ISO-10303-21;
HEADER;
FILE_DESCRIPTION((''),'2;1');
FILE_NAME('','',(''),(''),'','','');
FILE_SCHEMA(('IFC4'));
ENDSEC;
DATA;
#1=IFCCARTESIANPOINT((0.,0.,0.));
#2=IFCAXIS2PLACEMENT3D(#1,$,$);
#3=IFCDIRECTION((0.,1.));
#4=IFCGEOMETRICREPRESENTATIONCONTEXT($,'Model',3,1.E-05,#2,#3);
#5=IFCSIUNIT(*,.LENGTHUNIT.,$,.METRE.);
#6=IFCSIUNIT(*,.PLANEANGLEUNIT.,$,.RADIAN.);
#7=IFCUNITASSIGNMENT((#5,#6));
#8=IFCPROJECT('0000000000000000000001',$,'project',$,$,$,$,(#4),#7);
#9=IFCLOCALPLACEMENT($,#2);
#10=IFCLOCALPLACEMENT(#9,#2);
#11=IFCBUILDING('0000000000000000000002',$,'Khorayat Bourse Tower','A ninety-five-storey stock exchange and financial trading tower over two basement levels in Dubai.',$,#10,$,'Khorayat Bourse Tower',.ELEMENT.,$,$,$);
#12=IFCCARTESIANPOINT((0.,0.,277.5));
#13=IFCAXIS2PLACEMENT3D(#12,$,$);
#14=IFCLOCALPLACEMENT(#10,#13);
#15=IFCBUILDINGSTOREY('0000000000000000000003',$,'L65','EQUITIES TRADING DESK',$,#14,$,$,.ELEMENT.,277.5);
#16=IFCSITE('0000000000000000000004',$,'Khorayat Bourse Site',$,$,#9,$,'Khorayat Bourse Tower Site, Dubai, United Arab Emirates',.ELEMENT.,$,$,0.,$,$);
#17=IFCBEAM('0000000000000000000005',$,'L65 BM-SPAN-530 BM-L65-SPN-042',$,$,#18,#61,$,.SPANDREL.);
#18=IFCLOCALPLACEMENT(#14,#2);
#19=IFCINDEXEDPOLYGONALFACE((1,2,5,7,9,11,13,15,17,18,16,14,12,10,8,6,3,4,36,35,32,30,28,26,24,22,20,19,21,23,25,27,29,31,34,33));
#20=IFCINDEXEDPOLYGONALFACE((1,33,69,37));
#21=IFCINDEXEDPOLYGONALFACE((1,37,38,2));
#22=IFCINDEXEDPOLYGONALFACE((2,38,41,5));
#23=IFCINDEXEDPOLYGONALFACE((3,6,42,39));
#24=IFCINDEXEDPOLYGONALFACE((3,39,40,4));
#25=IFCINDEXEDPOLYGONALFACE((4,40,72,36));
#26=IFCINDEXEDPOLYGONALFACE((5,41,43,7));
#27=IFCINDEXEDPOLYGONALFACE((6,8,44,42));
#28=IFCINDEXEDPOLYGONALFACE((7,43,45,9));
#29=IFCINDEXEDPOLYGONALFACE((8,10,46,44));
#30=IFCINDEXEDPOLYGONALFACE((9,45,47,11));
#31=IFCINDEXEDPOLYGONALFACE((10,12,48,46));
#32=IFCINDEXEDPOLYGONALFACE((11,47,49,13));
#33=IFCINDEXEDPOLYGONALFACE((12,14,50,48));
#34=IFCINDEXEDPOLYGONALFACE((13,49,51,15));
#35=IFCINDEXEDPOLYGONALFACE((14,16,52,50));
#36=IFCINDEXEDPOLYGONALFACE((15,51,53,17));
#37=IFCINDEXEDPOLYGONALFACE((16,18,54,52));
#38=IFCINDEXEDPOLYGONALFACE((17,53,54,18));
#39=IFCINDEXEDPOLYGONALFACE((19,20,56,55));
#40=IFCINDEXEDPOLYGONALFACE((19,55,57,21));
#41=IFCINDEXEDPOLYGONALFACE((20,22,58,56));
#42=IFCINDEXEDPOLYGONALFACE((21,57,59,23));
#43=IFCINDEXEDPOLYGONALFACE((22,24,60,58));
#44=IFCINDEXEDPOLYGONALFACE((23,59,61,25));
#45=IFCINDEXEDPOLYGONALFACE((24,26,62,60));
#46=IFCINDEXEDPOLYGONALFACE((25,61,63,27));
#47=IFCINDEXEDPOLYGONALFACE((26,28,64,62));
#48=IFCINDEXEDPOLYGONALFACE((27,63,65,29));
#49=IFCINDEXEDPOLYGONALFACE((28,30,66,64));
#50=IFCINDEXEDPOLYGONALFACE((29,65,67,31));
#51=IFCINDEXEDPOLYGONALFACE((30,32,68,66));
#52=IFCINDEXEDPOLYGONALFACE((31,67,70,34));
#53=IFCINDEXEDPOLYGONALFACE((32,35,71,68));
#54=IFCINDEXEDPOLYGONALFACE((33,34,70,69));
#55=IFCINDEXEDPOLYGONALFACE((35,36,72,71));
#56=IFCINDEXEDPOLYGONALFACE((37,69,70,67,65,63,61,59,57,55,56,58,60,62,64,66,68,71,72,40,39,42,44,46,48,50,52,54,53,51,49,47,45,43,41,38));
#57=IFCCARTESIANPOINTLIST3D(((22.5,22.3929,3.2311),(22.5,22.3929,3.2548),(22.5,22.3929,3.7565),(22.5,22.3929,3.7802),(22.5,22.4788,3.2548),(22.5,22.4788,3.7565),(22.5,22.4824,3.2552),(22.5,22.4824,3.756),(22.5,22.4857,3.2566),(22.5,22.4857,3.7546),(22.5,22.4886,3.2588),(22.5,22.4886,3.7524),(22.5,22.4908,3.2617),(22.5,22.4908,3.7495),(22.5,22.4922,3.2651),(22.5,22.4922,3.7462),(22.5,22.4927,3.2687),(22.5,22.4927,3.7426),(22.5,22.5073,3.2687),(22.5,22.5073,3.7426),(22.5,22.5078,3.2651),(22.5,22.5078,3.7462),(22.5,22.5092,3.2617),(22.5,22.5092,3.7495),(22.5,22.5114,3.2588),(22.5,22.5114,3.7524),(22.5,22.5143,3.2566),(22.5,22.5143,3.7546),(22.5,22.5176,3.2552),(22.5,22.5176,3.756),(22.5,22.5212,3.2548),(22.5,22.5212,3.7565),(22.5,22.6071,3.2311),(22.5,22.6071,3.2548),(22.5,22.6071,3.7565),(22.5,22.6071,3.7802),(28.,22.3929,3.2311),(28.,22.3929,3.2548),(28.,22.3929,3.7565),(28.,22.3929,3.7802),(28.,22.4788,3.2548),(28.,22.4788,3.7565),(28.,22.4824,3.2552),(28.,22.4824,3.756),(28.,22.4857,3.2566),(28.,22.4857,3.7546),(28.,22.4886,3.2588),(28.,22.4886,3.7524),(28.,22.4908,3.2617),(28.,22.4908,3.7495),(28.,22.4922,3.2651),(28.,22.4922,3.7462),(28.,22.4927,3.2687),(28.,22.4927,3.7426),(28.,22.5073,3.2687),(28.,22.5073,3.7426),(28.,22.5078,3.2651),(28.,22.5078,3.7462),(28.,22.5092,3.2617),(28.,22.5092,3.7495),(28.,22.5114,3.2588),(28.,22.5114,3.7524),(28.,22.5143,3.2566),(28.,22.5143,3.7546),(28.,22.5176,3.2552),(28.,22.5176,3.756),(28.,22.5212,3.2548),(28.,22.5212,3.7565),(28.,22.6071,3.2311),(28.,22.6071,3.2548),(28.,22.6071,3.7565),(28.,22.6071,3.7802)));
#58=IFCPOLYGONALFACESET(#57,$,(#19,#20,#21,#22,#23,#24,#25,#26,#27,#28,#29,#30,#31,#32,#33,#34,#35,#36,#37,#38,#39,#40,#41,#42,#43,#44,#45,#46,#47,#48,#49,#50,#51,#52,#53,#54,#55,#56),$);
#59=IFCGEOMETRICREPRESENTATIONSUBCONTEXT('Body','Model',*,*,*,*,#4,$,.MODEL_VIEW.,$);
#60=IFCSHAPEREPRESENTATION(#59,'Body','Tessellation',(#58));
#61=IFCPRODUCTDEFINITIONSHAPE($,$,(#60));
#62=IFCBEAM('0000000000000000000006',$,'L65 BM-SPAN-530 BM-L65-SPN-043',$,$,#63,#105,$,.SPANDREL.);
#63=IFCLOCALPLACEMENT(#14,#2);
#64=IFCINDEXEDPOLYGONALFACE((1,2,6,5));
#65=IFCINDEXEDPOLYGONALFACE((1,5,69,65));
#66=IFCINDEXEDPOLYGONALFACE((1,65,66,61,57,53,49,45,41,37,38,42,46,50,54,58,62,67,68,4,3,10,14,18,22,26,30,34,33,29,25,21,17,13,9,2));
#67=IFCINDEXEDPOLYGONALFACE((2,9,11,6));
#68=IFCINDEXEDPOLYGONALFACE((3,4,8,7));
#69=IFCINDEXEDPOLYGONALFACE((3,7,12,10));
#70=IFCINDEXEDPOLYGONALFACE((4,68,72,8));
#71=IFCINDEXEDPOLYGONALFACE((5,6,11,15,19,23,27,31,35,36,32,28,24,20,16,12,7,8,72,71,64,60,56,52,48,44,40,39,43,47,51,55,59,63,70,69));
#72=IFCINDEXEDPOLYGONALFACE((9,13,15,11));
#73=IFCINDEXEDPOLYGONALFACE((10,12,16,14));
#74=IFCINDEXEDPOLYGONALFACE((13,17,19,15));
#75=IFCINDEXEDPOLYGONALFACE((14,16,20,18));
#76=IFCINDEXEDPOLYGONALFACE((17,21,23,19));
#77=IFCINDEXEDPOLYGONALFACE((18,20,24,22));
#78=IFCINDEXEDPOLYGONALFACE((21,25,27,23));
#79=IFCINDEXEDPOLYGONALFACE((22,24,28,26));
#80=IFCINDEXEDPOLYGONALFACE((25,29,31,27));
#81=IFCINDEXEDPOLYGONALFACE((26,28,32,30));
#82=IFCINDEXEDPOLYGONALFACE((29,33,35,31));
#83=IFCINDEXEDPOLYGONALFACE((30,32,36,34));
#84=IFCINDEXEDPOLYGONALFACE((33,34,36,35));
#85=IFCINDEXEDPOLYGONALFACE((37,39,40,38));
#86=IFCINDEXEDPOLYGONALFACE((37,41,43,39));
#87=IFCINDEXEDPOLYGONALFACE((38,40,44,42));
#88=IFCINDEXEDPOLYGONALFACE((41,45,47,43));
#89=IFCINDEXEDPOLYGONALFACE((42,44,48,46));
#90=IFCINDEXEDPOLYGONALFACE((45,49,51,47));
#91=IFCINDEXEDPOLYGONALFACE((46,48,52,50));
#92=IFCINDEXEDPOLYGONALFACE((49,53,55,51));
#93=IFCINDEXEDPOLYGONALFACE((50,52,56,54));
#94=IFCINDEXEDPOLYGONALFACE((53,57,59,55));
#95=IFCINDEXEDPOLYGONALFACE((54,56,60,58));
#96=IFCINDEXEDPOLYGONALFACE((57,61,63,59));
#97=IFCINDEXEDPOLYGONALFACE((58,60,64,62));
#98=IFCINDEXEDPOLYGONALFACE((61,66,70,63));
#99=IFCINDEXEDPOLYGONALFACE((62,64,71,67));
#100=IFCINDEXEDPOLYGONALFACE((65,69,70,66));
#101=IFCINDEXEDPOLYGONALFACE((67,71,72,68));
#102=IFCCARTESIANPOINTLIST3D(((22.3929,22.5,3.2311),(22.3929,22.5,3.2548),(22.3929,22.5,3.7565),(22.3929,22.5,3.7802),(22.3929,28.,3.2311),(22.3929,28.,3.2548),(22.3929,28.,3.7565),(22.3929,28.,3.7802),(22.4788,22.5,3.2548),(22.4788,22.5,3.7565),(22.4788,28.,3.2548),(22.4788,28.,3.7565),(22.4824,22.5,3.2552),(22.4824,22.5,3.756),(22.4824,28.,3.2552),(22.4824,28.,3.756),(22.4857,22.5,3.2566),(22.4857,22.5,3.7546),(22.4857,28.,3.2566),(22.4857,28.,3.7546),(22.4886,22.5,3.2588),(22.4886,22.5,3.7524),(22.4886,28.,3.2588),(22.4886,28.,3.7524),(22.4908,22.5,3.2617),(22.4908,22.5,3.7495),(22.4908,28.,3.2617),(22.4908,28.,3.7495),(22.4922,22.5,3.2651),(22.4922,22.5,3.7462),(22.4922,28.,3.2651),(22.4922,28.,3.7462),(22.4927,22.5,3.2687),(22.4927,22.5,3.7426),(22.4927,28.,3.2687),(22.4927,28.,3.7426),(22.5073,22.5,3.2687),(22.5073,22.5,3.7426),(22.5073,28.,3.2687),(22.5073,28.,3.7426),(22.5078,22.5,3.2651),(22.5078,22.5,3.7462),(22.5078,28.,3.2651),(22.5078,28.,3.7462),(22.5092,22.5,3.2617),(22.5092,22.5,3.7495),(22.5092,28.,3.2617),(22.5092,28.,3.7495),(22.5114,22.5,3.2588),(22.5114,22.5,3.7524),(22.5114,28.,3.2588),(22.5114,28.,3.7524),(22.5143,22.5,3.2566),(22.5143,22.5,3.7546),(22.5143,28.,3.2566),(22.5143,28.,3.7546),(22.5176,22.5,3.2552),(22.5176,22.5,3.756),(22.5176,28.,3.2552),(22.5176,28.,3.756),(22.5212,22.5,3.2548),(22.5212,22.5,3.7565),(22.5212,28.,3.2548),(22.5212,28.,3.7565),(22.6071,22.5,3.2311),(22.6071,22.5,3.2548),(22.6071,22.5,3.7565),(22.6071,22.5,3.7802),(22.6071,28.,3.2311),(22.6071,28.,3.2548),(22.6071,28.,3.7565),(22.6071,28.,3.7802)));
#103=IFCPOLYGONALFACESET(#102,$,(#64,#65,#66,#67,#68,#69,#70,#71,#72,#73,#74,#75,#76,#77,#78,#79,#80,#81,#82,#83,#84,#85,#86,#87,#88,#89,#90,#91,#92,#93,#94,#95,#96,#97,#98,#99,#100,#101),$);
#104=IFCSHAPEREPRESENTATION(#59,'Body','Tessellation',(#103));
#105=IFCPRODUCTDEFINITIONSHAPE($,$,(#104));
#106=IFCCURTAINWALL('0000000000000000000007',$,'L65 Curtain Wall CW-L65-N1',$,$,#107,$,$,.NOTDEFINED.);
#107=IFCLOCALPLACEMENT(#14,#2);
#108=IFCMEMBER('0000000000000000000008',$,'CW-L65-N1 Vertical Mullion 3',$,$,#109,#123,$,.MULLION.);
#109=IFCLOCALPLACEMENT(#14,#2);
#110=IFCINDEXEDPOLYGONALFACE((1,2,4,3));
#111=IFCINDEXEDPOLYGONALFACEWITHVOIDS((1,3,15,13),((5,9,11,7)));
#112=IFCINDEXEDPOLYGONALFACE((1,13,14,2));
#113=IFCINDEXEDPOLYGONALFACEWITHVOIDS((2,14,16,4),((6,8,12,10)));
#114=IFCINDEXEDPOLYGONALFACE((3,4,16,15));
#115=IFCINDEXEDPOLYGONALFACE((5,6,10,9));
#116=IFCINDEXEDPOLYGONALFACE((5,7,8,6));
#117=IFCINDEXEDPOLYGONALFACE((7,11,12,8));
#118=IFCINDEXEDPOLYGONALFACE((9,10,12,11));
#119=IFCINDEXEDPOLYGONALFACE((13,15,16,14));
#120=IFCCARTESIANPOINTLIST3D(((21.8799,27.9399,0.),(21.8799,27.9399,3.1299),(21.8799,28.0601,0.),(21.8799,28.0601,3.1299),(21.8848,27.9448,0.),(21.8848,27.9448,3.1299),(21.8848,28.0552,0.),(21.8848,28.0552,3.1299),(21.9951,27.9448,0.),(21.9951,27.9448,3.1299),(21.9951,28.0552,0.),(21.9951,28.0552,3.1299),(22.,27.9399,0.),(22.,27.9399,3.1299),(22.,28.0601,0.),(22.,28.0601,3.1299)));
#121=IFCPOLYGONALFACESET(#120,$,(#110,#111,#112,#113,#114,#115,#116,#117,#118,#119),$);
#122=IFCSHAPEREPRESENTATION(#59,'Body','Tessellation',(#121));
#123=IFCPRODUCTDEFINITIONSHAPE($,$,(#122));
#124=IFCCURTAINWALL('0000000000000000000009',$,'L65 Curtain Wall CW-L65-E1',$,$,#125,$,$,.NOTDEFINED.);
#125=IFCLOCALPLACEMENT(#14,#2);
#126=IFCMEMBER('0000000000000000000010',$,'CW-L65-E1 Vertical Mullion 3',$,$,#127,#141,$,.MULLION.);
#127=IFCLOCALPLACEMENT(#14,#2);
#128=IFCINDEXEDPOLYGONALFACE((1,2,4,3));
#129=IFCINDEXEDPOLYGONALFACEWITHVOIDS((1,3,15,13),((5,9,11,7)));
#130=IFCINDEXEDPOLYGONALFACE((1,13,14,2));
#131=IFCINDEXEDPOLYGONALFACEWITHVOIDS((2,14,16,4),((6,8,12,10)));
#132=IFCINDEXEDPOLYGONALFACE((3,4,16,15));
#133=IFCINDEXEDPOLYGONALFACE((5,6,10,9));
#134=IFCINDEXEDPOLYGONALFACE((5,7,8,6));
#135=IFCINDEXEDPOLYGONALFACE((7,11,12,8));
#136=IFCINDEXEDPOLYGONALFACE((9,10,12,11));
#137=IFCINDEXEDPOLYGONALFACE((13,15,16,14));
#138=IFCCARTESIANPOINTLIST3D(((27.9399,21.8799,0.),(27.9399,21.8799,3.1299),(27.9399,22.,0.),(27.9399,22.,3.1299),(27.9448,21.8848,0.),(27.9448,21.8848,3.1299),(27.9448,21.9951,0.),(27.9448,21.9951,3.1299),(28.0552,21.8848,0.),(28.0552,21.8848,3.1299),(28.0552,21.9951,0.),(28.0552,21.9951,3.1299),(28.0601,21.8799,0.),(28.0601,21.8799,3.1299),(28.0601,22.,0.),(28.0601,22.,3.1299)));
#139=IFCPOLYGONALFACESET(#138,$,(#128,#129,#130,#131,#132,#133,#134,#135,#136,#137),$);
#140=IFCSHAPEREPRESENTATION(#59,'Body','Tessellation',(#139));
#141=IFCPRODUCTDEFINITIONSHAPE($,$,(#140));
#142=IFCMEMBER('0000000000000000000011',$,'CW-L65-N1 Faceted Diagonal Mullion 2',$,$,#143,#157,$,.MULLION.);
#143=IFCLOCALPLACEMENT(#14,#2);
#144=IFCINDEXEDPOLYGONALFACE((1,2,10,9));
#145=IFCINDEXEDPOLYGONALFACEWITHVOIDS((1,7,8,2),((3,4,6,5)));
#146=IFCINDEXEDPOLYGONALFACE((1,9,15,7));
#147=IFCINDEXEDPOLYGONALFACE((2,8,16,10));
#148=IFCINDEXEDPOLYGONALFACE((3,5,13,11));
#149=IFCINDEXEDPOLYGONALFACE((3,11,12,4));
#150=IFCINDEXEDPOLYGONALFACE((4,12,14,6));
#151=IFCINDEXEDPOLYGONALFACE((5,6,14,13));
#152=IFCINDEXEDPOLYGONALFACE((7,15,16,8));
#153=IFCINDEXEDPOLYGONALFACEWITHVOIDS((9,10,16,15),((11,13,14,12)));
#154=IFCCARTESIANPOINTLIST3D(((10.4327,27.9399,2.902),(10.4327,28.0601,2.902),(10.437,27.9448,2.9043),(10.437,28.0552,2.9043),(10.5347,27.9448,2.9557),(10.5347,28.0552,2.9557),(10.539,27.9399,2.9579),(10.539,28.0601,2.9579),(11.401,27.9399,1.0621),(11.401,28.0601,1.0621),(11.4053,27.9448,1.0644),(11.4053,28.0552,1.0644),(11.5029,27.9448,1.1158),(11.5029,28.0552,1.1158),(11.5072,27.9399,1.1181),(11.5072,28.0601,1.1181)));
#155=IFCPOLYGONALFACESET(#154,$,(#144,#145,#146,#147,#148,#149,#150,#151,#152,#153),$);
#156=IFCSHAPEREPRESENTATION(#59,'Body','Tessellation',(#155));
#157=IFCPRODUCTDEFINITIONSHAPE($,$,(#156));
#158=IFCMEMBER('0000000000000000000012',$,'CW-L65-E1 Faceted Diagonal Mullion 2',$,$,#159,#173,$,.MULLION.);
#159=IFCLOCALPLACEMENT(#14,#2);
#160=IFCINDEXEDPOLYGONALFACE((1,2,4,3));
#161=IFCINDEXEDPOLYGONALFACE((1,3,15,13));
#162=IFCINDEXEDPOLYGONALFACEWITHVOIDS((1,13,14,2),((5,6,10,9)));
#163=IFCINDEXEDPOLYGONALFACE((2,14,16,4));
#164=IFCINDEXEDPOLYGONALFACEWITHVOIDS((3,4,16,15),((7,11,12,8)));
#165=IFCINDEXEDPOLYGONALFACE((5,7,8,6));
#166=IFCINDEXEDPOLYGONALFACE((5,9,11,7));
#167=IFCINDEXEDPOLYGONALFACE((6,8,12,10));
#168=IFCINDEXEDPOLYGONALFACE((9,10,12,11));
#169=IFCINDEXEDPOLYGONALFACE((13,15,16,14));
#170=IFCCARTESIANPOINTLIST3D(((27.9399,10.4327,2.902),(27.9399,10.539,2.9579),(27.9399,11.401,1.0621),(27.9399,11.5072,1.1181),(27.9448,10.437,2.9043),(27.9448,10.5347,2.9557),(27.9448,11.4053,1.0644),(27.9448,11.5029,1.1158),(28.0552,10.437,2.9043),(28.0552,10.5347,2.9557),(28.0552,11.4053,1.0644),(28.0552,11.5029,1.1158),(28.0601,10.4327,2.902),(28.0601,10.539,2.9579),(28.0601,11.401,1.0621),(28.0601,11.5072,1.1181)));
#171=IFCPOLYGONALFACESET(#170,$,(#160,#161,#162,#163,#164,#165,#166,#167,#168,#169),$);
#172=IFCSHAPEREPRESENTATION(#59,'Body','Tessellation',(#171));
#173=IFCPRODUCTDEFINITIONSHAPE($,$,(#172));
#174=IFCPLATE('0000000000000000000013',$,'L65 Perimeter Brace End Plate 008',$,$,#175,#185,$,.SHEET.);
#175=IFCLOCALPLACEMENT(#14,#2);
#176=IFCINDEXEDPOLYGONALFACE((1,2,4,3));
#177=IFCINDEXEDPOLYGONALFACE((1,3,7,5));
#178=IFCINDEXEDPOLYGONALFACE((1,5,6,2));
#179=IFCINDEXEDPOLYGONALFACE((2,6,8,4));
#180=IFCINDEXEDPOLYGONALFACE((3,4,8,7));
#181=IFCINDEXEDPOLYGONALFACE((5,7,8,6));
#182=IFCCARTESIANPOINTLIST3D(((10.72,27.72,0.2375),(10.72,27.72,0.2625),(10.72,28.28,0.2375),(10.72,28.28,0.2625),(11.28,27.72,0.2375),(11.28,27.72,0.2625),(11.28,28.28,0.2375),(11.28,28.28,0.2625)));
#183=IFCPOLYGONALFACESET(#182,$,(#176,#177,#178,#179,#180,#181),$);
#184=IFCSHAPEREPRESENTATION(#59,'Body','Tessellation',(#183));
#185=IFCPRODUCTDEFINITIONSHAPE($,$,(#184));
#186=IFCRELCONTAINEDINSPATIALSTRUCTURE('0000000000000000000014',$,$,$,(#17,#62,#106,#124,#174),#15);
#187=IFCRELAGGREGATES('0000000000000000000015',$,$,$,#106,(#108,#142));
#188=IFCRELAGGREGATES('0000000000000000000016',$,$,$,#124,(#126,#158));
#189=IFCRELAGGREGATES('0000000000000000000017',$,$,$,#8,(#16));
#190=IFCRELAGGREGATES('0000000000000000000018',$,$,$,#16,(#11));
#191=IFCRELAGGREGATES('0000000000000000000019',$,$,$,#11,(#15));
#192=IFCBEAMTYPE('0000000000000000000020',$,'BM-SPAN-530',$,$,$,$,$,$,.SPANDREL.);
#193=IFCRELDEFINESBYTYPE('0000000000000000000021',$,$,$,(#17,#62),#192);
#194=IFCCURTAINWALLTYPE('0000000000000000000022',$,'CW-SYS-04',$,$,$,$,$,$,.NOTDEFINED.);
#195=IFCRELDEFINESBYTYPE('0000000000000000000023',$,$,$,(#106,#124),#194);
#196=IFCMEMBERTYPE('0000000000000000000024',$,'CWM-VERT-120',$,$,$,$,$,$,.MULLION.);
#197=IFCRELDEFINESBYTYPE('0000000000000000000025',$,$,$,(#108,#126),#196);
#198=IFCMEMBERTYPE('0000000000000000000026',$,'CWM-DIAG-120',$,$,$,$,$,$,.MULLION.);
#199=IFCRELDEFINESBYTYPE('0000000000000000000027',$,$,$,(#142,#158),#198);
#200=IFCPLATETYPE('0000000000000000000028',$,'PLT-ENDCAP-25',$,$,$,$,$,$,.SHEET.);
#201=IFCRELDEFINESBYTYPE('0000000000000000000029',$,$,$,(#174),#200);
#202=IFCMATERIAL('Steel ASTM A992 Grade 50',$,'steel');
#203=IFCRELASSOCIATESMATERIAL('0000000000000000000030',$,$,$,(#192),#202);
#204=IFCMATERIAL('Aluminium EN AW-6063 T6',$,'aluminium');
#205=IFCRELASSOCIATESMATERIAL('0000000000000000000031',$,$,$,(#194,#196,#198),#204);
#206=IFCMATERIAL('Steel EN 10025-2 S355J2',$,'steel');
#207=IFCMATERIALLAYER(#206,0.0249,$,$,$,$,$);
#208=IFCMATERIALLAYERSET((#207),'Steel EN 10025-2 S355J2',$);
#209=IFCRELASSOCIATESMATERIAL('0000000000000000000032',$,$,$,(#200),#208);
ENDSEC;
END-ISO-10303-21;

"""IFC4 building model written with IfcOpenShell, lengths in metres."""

from ifc_helpers import new_model, si_unit, direction, frame, origin, origin_2d, place, context, subcontext, project, spatial, rectangle, hollow_rectangle, i_section, extrude, source, transform, mapped, material, layer, layer_set, material_profile, profile_set, type_object, element, aggregate, save


model = new_model("IFC4")

# Units and contexts
model_context = context("Model", 3, precision=1e-05, world=origin(), true_north=direction((0.0, 1.0)))
body_context = subcontext(model_context, "Body", "Model", "MODEL_VIEW")
ifc_project = project(units=[si_unit("LENGTHUNIT", "METRE"), si_unit("PLANEANGLEUNIT", "RADIAN")], contexts=[model_context])

# Site, building, storey
site_placement = place(None, origin())
site = spatial("IfcSite", under=ifc_project, at=site_placement, Name="Khorayat Bourse Site", LongName="Khorayat Bourse Tower Site, Dubai, United Arab Emirates", CompositionType="ELEMENT", RefElevation=0.0)
building_placement = place(site_placement, origin())
building = spatial("IfcBuilding", under=site, at=building_placement, Name="Khorayat Bourse Tower", Description="A ninety-five-storey stock exchange and financial trading tower over two basement levels in Dubai.", LongName="Khorayat Bourse Tower", CompositionType="ELEMENT")
storey_placement = place(building_placement, frame((0.0, 0.0, 277.5)))
storey = spatial("IfcBuildingStorey", under=building, at=storey_placement, Name="L65", Description="EQUITIES TRADING DESK", CompositionType="ELEMENT", Elevation=277.5)

# Beams
ifc_material_1 = material(Name="Steel ASTM A992 Grade 50", Category="steel")
ifc_material_profile_1 = material_profile(ifc_material_1, i_section(OverallWidth=0.2141, OverallDepth=0.5491, WebThickness=0.0146, FlangeThickness=0.0237, FilletRadius=0.0139, at=origin_2d()), Name="W530X138")
ifc_profile_set_1 = profile_set([ifc_material_profile_1], Name="Steel ASTM A992 Grade 50")
beam_type_1 = type_object("IfcBeamType", Name="BM-SPAN-530", PredefinedType="SPANDREL", material=ifc_profile_set_1)
shared_shape_1 = source(origin(), body_context, "Body", "SweptSolid", [
    extrude(i_section(OverallWidth=0.2141, OverallDepth=0.5491, WebThickness=0.0146, FlangeThickness=0.0237, FilletRadius=0.0139, at=origin_2d()), origin(), (0.0, 0.0, 1.0), 5.5),
])
for number, where, z_axis, x_axis, name in (
    (1, (22.5, 22.5, 3.5056), (1.0, 0.0, 0.0), (0.0, 1.0, 0.0), "L65 BM-SPAN-530 BM-L65-SPN-042"),
    (2, (22.5, 22.5, 3.5056), (0.0, 1.0, 0.0), (-1.0, 0.0, 0.0), "L65 BM-SPAN-530 BM-L65-SPN-043"),
):
    element("IfcBeam", number, at=place(storey_placement, frame(where, z_axis=z_axis, x_axis=x_axis)), inside=storey, type_object=beam_type_1, Name=name, PredefinedType="SPANDREL", context=body_context, shape_type="MappedRepresentation", body=[
        mapped(shared_shape_1, transform((0.0, 0.0, 0.0), scale=1.0)),
    ])

# Curtain walls, members
ifc_material_2 = material(Name="Aluminium EN AW-6063 T6", Category="aluminium")
curtain_wall_type = type_object("IfcCurtainWallType", Name="CW-SYS-04", PredefinedType="NOTDEFINED", material=ifc_material_2)
curtain_wall_1_placement = place(storey_placement, origin())
curtain_wall_1 = element("IfcCurtainWall", 3, at=curtain_wall_1_placement, inside=storey, type_object=curtain_wall_type, Name="L65 Curtain Wall CW-L65-N1", PredefinedType="NOTDEFINED")
ifc_material_profile_2 = material_profile(ifc_material_2, hollow_rectangle(XDim=0.1201, YDim=0.1201, WallThickness=0.0049, at=origin_2d()), Name="ALU 120x120x5")
ifc_profile_set_2 = profile_set([ifc_material_profile_2], Name="Aluminium EN AW-6063 T6")
member_type_1 = type_object("IfcMemberType", Name="CWM-VERT-120", PredefinedType="MULLION", material=ifc_profile_set_2)
shared_shape_2 = source(origin(), body_context, "Body", "SweptSolid", [
    extrude(hollow_rectangle(XDim=0.1201, YDim=0.1201, WallThickness=0.0049, at=origin_2d()), origin(), (0.0, 0.0, 1.0), 3.1299),
])
member_1_placement = place(storey_placement, frame((21.9399, 28.0, 0.0), z_axis=(0.0, 0.0, 1.0), x_axis=(0.0, 1.0, 0.0)))
member_1 = element("IfcMember", 4, at=member_1_placement, type_object=member_type_1, Name="CW-L65-N1 Vertical Mullion 3", PredefinedType="MULLION", context=body_context, shape_type="MappedRepresentation", body=[
    mapped(shared_shape_2, transform((0.0, 0.0, 0.0), scale=1.0)),
])
curtain_wall_2_placement = place(storey_placement, origin())
curtain_wall_2 = element("IfcCurtainWall", 5, at=curtain_wall_2_placement, inside=storey, type_object=curtain_wall_type, Name="L65 Curtain Wall CW-L65-E1", PredefinedType="NOTDEFINED")
member_2_placement = place(storey_placement, frame((28.0, 21.9399, 0.0), z_axis=(0.0, 0.0, 1.0), x_axis=(-1.0, 0.0, 0.0)))
member_2 = element("IfcMember", 6, at=member_2_placement, type_object=member_type_1, Name="CW-L65-E1 Vertical Mullion 3", PredefinedType="MULLION", context=body_context, shape_type="MappedRepresentation", body=[
    mapped(shared_shape_2, transform((0.0, 0.0, 0.0), scale=1.0)),
])

# Members
ifc_material_profile_3 = material_profile(ifc_material_2, hollow_rectangle(XDim=0.1201, YDim=0.1201, WallThickness=0.0049, at=origin_2d()), Name="ALU 120x120x5")
ifc_profile_set_3 = profile_set([ifc_material_profile_3], Name="Aluminium EN AW-6063 T6")
member_type_2 = type_object("IfcMemberType", Name="CWM-DIAG-120", PredefinedType="MULLION", material=ifc_profile_set_3)
shared_shape_3 = source(origin(), body_context, "Body", "SweptSolid", [
    extrude(hollow_rectangle(XDim=0.1201, YDim=0.1201, WallThickness=0.0049, at=origin_2d()), origin(), (0.0, 0.0, 1.0), 2.0791),
])
member_3_placement = place(storey_placement, frame((11.4541, 28.0, 1.0901), z_axis=(-0.465717, 0.0, 0.884934), x_axis=(0.0, -1.0, 0.0)))
member_3 = element("IfcMember", 7, at=member_3_placement, type_object=member_type_2, Name="CW-L65-N1 Faceted Diagonal Mullion 2", PredefinedType="MULLION", context=body_context, shape_type="MappedRepresentation", body=[
    mapped(shared_shape_3, transform((0.0, 0.0, 0.0), scale=1.0)),
])
aggregate(curtain_wall_1, [member_1, member_3])
member_4_placement = place(storey_placement, frame((28.0, 11.4541, 1.0901), z_axis=(0.0, -0.465717, 0.884934), x_axis=(1.0, 0.0, 0.0)))
member_4 = element("IfcMember", 8, at=member_4_placement, type_object=member_type_2, Name="CW-L65-E1 Faceted Diagonal Mullion 2", PredefinedType="MULLION", context=body_context, shape_type="MappedRepresentation", body=[
    mapped(shared_shape_3, transform((0.0, 0.0, 0.0), scale=1.0)),
])
aggregate(curtain_wall_2, [member_2, member_4])

# Plate
ifc_material_3 = material(Name="Steel EN 10025-2 S355J2", Category="steel")
ifc_layer_1 = layer(ifc_material_3, 0.0249)
ifc_layer_set_1 = layer_set([ifc_layer_1], Name="Steel EN 10025-2 S355J2")
plate_type = type_object("IfcPlateType", Name="PLT-ENDCAP-25", PredefinedType="SHEET", material=ifc_layer_set_1)
shared_shape_4 = source(origin(), body_context, "Body", "SweptSolid", [
    extrude(rectangle(XDim=0.5601, YDim=0.5601, at=origin_2d()), origin(), (0.0, 0.0, 1.0), 0.0249),
])
for number, where, z_axis, x_axis, name in (
    (9, (11.0, 28.0, 0.2375), (0.0, 0.0, 1.0), (1.0, 0.0, 0.0), "L65 Perimeter Brace End Plate 008"),
):
    element("IfcPlate", number, at=place(storey_placement, frame(where, z_axis=z_axis, x_axis=x_axis)), inside=storey, type_object=plate_type, Name=name, PredefinedType="SHEET", context=body_context, shape_type="MappedRepresentation", body=[
        mapped(shared_shape_4, transform((0.0, 0.0, 0.0), scale=1.0)),
    ])

save(model, "model.ifc")
